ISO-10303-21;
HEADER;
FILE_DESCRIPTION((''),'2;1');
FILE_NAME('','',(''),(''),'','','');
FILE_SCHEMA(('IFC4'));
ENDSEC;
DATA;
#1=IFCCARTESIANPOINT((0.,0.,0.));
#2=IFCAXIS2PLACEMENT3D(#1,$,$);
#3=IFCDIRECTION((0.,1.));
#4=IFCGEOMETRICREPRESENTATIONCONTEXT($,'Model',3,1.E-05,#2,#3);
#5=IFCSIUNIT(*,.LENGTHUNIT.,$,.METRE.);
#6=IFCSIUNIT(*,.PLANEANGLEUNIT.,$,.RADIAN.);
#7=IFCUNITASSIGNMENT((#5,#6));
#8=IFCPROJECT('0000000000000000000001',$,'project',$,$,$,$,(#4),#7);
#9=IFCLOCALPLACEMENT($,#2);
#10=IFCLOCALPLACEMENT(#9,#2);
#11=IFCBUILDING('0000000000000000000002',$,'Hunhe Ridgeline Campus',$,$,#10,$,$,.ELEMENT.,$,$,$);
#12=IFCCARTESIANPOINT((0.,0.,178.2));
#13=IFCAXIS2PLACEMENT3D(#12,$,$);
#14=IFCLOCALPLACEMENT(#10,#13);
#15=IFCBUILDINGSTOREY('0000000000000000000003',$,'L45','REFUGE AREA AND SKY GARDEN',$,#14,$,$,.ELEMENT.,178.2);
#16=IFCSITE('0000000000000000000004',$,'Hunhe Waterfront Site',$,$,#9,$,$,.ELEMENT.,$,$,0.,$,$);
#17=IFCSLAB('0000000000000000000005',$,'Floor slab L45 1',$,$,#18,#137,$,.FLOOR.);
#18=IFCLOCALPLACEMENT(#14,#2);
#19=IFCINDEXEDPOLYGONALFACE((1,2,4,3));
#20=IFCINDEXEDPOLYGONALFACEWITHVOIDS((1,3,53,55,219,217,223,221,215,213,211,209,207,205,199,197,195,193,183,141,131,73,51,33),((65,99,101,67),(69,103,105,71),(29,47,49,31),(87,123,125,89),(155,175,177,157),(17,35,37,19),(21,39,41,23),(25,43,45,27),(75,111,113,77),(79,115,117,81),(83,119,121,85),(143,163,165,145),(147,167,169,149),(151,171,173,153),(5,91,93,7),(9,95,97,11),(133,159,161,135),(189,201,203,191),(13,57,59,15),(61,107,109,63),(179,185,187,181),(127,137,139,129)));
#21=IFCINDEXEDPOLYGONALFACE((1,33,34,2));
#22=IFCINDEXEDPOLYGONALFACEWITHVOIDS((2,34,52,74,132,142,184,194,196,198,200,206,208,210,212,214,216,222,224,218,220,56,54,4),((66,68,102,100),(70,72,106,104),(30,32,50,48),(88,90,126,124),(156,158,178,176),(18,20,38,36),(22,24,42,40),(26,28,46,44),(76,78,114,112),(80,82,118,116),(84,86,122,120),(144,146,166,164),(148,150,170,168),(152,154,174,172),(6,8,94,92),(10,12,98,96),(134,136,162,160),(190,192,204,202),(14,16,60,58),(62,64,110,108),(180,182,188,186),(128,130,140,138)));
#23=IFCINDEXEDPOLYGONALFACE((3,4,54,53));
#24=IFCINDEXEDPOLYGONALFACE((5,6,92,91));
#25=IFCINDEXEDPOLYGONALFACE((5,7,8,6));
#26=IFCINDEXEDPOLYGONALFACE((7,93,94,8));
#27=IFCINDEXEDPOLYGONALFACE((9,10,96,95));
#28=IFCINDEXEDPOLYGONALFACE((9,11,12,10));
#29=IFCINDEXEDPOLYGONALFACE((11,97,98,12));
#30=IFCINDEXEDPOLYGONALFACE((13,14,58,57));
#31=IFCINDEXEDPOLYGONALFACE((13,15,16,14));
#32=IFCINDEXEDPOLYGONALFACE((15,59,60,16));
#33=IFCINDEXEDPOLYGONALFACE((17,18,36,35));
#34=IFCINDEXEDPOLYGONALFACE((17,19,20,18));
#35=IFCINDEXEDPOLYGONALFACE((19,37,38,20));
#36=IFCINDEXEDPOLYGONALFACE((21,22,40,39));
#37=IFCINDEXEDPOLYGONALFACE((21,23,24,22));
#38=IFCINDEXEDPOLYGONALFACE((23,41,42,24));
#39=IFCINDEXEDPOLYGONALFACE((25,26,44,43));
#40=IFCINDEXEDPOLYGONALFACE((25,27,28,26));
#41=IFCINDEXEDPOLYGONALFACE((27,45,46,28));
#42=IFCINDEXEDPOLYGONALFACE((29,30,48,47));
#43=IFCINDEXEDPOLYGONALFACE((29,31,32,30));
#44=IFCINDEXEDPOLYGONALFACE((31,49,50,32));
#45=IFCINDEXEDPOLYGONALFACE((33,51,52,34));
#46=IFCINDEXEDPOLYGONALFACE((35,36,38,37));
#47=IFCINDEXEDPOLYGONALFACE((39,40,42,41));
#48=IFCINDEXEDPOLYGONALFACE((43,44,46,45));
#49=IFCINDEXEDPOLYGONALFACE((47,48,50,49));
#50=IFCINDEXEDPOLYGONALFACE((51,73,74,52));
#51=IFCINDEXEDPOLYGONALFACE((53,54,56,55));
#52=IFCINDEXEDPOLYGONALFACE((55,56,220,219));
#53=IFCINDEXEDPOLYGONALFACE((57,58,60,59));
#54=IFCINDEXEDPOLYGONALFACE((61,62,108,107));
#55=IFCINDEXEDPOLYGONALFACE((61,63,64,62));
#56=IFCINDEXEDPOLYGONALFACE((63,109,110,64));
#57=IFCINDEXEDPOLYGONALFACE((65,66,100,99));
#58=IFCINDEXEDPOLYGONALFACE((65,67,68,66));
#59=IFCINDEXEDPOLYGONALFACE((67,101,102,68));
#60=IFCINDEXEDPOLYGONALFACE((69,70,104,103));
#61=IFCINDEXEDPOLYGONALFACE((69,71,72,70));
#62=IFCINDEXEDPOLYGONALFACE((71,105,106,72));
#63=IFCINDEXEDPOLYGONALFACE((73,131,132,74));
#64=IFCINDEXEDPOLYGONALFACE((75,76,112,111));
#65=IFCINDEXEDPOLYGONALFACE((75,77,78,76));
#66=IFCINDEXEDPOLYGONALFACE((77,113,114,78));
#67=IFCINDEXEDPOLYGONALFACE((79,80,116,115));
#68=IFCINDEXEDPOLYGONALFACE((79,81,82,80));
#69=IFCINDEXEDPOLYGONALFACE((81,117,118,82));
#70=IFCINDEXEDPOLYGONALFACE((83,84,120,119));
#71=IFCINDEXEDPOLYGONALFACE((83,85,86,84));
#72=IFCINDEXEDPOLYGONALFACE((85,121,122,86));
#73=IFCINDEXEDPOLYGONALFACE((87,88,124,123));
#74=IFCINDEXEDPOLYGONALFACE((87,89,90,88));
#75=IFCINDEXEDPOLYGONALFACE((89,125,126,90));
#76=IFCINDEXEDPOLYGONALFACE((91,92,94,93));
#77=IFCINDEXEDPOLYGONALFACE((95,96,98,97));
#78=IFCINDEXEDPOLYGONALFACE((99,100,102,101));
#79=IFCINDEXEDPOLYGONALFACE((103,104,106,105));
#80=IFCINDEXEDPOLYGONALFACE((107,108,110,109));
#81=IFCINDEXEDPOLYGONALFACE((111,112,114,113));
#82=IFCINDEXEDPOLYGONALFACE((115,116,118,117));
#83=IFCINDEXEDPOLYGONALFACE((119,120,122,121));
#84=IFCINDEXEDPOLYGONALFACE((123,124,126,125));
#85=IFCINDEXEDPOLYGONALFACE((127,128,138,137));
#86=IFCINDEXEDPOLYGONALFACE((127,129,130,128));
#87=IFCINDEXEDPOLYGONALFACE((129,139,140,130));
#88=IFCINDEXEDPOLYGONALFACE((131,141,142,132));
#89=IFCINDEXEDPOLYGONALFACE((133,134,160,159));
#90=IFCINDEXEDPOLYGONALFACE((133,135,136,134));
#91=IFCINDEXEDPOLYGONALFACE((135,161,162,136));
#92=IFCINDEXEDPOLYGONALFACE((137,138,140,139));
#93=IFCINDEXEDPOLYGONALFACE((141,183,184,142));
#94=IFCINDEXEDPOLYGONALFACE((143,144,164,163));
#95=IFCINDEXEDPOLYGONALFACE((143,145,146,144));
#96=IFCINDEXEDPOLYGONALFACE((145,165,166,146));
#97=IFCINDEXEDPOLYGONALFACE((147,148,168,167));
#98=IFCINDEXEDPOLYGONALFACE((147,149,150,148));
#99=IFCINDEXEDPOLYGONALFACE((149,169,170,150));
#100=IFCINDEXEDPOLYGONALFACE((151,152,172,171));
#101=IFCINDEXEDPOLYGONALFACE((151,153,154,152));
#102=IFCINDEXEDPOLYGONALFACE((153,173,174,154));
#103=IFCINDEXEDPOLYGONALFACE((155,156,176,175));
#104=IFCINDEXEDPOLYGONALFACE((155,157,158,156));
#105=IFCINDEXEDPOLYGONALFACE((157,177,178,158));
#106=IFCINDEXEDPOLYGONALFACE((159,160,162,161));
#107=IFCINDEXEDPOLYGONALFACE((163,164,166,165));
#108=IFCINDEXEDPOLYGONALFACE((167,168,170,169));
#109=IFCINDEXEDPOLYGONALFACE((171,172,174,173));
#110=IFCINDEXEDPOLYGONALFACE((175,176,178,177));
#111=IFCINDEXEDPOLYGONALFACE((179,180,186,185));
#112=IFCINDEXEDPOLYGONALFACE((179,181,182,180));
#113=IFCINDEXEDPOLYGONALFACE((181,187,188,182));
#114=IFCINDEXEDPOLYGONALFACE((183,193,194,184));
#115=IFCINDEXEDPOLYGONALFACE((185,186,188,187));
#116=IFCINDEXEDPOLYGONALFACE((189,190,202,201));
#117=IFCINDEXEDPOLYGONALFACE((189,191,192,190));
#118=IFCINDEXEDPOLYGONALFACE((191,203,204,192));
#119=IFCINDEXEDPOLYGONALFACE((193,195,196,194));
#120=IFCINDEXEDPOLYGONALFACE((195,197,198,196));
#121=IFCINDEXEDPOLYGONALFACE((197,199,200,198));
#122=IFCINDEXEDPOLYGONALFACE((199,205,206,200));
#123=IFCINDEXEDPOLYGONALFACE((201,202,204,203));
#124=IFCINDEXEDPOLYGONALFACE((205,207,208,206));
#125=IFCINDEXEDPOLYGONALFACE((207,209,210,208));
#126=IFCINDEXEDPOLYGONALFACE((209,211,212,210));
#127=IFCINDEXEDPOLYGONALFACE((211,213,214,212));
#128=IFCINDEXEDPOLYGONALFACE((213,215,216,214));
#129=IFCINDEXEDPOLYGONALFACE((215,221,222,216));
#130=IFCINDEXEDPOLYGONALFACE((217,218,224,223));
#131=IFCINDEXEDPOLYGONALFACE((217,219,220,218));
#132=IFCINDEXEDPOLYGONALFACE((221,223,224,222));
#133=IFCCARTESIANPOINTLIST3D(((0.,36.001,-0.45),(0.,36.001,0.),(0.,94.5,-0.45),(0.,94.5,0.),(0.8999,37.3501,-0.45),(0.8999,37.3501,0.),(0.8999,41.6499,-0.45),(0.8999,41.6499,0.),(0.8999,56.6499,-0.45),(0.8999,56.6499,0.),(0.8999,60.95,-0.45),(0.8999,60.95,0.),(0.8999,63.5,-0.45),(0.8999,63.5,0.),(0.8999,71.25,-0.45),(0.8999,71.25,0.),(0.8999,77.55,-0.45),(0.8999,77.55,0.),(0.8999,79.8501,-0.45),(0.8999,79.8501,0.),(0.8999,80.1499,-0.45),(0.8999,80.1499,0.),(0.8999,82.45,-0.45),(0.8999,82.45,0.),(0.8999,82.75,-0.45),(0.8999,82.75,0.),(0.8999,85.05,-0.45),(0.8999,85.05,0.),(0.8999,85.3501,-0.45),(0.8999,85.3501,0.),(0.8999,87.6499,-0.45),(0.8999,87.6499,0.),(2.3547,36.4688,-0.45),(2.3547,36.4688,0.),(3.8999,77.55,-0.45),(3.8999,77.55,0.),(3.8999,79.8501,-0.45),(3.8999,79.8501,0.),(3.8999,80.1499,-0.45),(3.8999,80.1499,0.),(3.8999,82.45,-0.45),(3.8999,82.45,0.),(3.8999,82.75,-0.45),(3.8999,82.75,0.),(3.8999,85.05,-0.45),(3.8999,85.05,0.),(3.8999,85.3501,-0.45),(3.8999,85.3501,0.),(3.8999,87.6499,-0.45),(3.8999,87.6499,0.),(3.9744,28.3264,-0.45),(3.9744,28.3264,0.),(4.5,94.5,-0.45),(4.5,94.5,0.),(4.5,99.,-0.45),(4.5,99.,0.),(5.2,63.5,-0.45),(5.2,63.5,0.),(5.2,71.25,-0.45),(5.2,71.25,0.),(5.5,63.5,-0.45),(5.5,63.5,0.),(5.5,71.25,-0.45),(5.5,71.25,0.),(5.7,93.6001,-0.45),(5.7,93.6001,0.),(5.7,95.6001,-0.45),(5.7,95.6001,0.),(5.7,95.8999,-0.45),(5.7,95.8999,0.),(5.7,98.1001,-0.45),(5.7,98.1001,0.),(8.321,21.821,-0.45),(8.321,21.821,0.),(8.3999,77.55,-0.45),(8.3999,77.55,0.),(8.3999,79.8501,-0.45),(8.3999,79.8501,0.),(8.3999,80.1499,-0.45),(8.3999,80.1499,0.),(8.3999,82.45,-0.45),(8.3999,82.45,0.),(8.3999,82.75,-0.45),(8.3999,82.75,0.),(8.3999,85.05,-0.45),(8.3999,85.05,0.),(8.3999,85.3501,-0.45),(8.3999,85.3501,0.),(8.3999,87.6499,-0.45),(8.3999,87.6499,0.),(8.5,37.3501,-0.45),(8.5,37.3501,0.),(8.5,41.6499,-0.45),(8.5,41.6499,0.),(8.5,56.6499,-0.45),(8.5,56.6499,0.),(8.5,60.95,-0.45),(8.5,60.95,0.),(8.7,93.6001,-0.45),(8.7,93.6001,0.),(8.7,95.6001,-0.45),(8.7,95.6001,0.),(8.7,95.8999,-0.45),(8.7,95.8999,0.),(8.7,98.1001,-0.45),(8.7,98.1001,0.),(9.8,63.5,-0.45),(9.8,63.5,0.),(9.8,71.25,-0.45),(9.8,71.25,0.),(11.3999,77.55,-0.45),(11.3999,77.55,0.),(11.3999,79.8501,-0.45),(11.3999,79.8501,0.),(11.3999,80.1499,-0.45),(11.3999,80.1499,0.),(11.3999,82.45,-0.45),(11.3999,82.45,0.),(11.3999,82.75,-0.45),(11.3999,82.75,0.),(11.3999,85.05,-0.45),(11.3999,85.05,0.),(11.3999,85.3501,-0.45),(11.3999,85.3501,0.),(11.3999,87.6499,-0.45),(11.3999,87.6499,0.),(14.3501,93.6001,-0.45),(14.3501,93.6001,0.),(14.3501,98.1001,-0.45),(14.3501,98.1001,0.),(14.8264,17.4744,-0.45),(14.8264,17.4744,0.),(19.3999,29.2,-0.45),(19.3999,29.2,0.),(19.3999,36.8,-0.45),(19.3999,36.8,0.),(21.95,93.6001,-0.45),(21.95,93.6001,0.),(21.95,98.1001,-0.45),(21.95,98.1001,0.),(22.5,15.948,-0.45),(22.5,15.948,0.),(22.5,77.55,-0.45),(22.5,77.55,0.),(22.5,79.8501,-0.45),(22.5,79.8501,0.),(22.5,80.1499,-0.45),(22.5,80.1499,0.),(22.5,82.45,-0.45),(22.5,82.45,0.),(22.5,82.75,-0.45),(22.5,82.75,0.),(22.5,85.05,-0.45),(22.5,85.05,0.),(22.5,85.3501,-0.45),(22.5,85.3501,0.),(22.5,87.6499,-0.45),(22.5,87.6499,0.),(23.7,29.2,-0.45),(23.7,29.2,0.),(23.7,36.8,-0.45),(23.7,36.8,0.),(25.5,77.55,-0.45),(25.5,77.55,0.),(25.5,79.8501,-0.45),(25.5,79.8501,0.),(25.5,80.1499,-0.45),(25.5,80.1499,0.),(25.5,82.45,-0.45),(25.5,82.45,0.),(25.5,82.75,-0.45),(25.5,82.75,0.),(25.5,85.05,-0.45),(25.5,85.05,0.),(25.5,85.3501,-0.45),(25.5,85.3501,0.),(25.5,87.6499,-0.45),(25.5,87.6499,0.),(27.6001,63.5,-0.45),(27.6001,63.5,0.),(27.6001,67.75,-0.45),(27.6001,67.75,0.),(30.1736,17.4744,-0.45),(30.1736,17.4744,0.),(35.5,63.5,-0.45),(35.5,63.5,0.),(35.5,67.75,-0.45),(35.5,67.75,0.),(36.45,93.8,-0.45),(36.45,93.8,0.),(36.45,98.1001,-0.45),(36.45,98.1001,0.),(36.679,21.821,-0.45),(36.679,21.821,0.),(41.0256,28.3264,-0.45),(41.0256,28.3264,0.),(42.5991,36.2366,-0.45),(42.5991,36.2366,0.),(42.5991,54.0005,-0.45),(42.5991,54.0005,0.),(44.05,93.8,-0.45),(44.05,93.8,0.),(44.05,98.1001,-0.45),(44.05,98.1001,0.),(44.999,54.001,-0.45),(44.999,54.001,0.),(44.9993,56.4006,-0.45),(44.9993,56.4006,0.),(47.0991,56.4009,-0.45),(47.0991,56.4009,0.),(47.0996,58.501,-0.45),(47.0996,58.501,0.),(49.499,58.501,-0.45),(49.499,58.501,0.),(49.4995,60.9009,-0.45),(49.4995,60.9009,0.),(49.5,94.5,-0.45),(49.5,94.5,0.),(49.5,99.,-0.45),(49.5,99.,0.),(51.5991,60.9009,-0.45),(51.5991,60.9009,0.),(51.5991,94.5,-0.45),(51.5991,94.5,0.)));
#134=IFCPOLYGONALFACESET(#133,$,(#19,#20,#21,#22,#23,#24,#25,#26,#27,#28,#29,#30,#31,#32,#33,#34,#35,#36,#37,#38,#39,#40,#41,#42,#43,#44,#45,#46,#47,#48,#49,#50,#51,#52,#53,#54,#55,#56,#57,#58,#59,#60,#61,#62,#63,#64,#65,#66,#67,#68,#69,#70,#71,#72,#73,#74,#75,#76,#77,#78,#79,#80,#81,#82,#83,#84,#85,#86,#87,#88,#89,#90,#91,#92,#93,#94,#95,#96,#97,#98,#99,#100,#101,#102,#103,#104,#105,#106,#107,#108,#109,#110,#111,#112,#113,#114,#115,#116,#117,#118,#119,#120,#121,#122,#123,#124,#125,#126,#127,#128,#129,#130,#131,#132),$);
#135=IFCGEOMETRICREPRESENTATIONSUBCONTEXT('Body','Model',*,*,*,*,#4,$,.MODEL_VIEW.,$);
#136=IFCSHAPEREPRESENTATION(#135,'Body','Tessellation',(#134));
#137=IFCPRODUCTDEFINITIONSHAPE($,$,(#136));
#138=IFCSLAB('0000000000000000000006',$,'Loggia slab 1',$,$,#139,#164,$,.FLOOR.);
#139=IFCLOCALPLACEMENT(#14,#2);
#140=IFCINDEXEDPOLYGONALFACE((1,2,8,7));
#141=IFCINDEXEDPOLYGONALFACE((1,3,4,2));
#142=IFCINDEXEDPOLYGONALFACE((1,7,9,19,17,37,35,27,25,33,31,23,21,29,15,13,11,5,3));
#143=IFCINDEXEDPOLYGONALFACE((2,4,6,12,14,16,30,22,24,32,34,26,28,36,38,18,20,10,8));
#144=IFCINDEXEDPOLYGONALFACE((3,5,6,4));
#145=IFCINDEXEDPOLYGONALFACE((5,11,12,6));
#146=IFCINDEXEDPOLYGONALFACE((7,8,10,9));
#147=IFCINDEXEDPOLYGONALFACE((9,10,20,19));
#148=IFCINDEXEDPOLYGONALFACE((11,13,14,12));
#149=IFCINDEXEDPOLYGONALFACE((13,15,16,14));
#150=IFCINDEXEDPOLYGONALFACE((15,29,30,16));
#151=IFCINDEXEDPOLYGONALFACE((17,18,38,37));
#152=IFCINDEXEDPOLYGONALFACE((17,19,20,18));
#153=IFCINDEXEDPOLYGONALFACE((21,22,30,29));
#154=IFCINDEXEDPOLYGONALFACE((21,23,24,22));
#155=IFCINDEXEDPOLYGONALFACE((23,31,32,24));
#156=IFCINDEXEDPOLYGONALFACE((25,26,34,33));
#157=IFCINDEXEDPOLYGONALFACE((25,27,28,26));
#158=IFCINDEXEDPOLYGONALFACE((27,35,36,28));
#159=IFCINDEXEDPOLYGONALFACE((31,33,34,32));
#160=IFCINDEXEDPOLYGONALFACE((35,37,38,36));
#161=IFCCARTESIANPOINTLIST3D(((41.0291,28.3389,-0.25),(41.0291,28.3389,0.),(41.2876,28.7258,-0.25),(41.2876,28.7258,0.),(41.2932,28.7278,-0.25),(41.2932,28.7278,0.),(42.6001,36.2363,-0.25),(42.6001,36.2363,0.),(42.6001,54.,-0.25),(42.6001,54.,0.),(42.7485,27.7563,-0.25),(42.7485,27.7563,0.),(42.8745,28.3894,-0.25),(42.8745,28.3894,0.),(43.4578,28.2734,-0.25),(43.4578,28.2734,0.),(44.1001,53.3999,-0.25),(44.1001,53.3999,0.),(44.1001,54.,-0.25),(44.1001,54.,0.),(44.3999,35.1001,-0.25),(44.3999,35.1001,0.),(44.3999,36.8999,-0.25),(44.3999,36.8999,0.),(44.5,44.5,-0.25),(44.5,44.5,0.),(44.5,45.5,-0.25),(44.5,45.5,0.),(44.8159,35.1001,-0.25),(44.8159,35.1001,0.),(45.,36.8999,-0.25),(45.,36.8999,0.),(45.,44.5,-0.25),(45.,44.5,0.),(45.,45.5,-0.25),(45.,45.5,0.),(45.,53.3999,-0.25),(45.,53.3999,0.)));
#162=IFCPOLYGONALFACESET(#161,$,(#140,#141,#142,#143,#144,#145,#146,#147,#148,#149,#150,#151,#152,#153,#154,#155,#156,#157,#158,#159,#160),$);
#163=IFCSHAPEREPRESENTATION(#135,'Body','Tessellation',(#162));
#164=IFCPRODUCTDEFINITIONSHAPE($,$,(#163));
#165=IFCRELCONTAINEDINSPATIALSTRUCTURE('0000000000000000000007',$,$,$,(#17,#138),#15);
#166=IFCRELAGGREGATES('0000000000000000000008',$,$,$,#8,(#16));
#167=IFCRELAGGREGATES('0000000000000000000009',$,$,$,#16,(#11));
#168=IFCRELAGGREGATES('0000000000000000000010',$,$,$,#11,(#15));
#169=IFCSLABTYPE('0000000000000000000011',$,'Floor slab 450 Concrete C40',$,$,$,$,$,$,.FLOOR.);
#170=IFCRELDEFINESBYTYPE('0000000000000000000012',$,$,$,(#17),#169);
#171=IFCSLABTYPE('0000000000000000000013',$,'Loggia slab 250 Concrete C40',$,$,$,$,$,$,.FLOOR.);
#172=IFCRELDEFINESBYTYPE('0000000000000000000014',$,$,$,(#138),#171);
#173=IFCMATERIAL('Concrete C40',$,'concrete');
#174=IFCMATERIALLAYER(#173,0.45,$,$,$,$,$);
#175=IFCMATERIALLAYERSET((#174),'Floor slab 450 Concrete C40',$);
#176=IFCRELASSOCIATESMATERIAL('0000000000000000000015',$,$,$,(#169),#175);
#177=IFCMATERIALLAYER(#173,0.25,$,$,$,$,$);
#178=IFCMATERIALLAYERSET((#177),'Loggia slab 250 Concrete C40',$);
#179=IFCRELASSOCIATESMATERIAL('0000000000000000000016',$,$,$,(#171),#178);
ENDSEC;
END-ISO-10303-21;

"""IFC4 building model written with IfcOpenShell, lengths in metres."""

from ifc_helpers import new_model, si_unit, direction, frame, origin, place, context, subcontext, project, spatial, polyline, outline, extrude, material, layer, layer_set, type_object, element, save


model = new_model("IFC4")

# Units and contexts
model_context = context("Model", 3, precision=1e-05, world=origin(), true_north=direction((0.0, 1.0)))
body_context = subcontext(model_context, "Body", "Model", "MODEL_VIEW")
ifc_project = project(units=[si_unit("LENGTHUNIT", "METRE"), si_unit("PLANEANGLEUNIT", "RADIAN")], contexts=[model_context])

# Site, building, storey
site_placement = place(None, origin())
site = spatial("IfcSite", under=ifc_project, at=site_placement, Name="Hunhe Waterfront Site", CompositionType="ELEMENT", RefElevation=0.0)
building_placement = place(site_placement, origin())
building = spatial("IfcBuilding", under=site, at=building_placement, Name="Hunhe Ridgeline Campus", CompositionType="ELEMENT")
storey_placement = place(building_placement, frame((0.0, 0.0, 178.2)))
storey = spatial("IfcBuildingStorey", under=building, at=storey_placement, Name="L45", Description="REFUGE AREA AND SKY GARDEN", CompositionType="ELEMENT", Elevation=178.2)

# Slabs
ifc_material_1 = material(Name="Concrete C40", Category="concrete")
ifc_layer_1 = layer(ifc_material_1, 0.45)
ifc_layer_set_1 = layer_set([ifc_layer_1], Name="Floor slab 450 Concrete C40")
slab_type_1 = type_object("IfcSlabType", Name="Floor slab 450 Concrete C40", PredefinedType="FLOOR", material=ifc_layer_set_1)
slab_1_placement = place(storey_placement, frame((0.0, 0.0, -0.45)))
element("IfcSlab", 1, at=slab_1_placement, inside=storey, type_object=slab_type_1, Name="Floor slab L45 1", PredefinedType="FLOOR", context=body_context, shape_type="SweptSolid", body=[
    extrude(outline(polyline([(3.9744, 28.3264), (8.321, 21.821), (14.8264, 17.4744), (22.5, 15.948), (30.1736, 17.4744), (36.679, 21.821), (41.0256, 28.3264), (42.5991, 36.2366), (42.5991, 54.0005), (44.999, 54.001), (44.9993, 56.4006), (47.0991, 56.4009), (47.0996, 58.501), (49.499, 58.501), (49.4995, 60.9009), (51.5991, 60.9009), (51.5991, 94.5), (49.5, 94.5), (49.5, 99.0), (4.5, 99.0), (4.5, 94.5), (0.0, 94.5), (0.0, 36.001), (2.3547, 36.4688), (3.9744, 28.3264)]), holes=[polyline([(36.45, 93.8), (44.05, 93.8), (44.05, 98.1001), (36.45, 98.1001), (36.45, 93.8)]), polyline([(35.5, 63.5), (35.5, 67.75), (27.6001, 67.75), (27.6001, 63.5), (35.5, 63.5)]), polyline([(25.5, 80.1499), (25.5, 82.45), (22.5, 82.45), (22.5, 80.1499), (25.5, 80.1499)]), polyline([(25.5, 79.8501), (22.5, 79.8501), (22.5, 77.55), (25.5, 77.55), (25.5, 79.8501)]), polyline([(22.5, 87.6499), (22.5, 85.3501), (25.5, 85.3501), (25.5, 87.6499), (22.5, 87.6499)]), polyline([(22.5, 82.75), (25.5, 82.75), (25.5, 85.05), (22.5, 85.05), (22.5, 82.75)]), polyline([(19.3999, 29.2), (23.7, 29.2), (23.7, 36.8), (19.3999, 36.8), (19.3999, 29.2)]), polyline([(14.3501, 93.6001), (21.95, 93.6001), (21.95, 98.1001), (14.3501, 98.1001), (14.3501, 93.6001)]), polyline([(8.3999, 82.75), (11.3999, 82.75), (11.3999, 85.05), (8.3999, 85.05), (8.3999, 82.75)]), polyline([(8.3999, 87.6499), (8.3999, 85.3501), (11.3999, 85.3501), (11.3999, 87.6499), (8.3999, 87.6499)]), polyline([(11.3999, 79.8501), (8.3999, 79.8501), (8.3999, 77.55), (11.3999, 77.55), (11.3999, 79.8501)]), polyline([(11.3999, 80.1499), (11.3999, 82.45), (8.3999, 82.45), (8.3999, 80.1499), (11.3999, 80.1499)]), polyline([(9.8, 71.25), (5.5, 71.25), (5.5, 63.5), (9.8, 63.5), (9.8, 71.25)]), polyline([(8.7, 95.8999), (8.7, 98.1001), (5.7, 98.1001), (5.7, 95.8999), (8.7, 95.8999)]), polyline([(8.7, 95.6001), (5.7, 95.6001), (5.7, 93.6001), (8.7, 93.6001), (8.7, 95.6001)]), polyline([(0.8999, 37.3501), (8.5, 37.3501), (8.5, 41.6499), (0.8999, 41.6499), (0.8999, 37.3501)]), polyline([(0.8999, 60.95), (0.8999, 56.6499), (8.5, 56.6499), (8.5, 60.95), (0.8999, 60.95)]), polyline([(0.8999, 71.25), (0.8999, 63.5), (5.2, 63.5), (5.2, 71.25), (0.8999, 71.25)]), polyline([(3.8999, 80.1499), (3.8999, 82.45), (0.8999, 82.45), (0.8999, 80.1499), (3.8999, 80.1499)]), polyline([(3.8999, 79.8501), (0.8999, 79.8501), (0.8999, 77.55), (3.8999, 77.55), (3.8999, 79.8501)]), polyline([(0.8999, 87.6499), (0.8999, 85.3501), (3.8999, 85.3501), (3.8999, 87.6499), (0.8999, 87.6499)]), polyline([(0.8999, 82.75), (3.8999, 82.75), (3.8999, 85.05), (0.8999, 85.05), (0.8999, 82.75)])]), origin(), (0.0, 0.0, 1.0), 0.45),
])
ifc_layer_2 = layer(ifc_material_1, 0.25)
ifc_layer_set_2 = layer_set([ifc_layer_2], Name="Loggia slab 250 Concrete C40")
slab_type_2 = type_object("IfcSlabType", Name="Loggia slab 250 Concrete C40", PredefinedType="FLOOR", material=ifc_layer_set_2)
slab_2_placement = place(storey_placement, frame((0.0, 0.0, -0.25)))
element("IfcSlab", 2, at=slab_2_placement, inside=storey, type_object=slab_type_2, Name="Loggia slab 1", PredefinedType="FLOOR", context=body_context, shape_type="SweptSolid", body=[
    extrude(outline(polyline([(41.0291, 28.3389), (41.2876, 28.7258), (41.2932, 28.7278), (42.7485, 27.7563), (42.8745, 28.3894), (43.4578, 28.2734), (44.8159, 35.1001), (44.3999, 35.1001), (44.3999, 36.8999), (45.0, 36.8999), (45.0, 44.5), (44.5, 44.5), (44.5, 45.5), (45.0, 45.5), (45.0, 53.3999), (44.1001, 53.3999), (44.1001, 54.0), (42.6001, 54.0), (42.6001, 36.2363), (41.0291, 28.3389)])), origin(), (0.0, 0.0, 1.0), 0.25),
])

save(model, "model.ifc")
